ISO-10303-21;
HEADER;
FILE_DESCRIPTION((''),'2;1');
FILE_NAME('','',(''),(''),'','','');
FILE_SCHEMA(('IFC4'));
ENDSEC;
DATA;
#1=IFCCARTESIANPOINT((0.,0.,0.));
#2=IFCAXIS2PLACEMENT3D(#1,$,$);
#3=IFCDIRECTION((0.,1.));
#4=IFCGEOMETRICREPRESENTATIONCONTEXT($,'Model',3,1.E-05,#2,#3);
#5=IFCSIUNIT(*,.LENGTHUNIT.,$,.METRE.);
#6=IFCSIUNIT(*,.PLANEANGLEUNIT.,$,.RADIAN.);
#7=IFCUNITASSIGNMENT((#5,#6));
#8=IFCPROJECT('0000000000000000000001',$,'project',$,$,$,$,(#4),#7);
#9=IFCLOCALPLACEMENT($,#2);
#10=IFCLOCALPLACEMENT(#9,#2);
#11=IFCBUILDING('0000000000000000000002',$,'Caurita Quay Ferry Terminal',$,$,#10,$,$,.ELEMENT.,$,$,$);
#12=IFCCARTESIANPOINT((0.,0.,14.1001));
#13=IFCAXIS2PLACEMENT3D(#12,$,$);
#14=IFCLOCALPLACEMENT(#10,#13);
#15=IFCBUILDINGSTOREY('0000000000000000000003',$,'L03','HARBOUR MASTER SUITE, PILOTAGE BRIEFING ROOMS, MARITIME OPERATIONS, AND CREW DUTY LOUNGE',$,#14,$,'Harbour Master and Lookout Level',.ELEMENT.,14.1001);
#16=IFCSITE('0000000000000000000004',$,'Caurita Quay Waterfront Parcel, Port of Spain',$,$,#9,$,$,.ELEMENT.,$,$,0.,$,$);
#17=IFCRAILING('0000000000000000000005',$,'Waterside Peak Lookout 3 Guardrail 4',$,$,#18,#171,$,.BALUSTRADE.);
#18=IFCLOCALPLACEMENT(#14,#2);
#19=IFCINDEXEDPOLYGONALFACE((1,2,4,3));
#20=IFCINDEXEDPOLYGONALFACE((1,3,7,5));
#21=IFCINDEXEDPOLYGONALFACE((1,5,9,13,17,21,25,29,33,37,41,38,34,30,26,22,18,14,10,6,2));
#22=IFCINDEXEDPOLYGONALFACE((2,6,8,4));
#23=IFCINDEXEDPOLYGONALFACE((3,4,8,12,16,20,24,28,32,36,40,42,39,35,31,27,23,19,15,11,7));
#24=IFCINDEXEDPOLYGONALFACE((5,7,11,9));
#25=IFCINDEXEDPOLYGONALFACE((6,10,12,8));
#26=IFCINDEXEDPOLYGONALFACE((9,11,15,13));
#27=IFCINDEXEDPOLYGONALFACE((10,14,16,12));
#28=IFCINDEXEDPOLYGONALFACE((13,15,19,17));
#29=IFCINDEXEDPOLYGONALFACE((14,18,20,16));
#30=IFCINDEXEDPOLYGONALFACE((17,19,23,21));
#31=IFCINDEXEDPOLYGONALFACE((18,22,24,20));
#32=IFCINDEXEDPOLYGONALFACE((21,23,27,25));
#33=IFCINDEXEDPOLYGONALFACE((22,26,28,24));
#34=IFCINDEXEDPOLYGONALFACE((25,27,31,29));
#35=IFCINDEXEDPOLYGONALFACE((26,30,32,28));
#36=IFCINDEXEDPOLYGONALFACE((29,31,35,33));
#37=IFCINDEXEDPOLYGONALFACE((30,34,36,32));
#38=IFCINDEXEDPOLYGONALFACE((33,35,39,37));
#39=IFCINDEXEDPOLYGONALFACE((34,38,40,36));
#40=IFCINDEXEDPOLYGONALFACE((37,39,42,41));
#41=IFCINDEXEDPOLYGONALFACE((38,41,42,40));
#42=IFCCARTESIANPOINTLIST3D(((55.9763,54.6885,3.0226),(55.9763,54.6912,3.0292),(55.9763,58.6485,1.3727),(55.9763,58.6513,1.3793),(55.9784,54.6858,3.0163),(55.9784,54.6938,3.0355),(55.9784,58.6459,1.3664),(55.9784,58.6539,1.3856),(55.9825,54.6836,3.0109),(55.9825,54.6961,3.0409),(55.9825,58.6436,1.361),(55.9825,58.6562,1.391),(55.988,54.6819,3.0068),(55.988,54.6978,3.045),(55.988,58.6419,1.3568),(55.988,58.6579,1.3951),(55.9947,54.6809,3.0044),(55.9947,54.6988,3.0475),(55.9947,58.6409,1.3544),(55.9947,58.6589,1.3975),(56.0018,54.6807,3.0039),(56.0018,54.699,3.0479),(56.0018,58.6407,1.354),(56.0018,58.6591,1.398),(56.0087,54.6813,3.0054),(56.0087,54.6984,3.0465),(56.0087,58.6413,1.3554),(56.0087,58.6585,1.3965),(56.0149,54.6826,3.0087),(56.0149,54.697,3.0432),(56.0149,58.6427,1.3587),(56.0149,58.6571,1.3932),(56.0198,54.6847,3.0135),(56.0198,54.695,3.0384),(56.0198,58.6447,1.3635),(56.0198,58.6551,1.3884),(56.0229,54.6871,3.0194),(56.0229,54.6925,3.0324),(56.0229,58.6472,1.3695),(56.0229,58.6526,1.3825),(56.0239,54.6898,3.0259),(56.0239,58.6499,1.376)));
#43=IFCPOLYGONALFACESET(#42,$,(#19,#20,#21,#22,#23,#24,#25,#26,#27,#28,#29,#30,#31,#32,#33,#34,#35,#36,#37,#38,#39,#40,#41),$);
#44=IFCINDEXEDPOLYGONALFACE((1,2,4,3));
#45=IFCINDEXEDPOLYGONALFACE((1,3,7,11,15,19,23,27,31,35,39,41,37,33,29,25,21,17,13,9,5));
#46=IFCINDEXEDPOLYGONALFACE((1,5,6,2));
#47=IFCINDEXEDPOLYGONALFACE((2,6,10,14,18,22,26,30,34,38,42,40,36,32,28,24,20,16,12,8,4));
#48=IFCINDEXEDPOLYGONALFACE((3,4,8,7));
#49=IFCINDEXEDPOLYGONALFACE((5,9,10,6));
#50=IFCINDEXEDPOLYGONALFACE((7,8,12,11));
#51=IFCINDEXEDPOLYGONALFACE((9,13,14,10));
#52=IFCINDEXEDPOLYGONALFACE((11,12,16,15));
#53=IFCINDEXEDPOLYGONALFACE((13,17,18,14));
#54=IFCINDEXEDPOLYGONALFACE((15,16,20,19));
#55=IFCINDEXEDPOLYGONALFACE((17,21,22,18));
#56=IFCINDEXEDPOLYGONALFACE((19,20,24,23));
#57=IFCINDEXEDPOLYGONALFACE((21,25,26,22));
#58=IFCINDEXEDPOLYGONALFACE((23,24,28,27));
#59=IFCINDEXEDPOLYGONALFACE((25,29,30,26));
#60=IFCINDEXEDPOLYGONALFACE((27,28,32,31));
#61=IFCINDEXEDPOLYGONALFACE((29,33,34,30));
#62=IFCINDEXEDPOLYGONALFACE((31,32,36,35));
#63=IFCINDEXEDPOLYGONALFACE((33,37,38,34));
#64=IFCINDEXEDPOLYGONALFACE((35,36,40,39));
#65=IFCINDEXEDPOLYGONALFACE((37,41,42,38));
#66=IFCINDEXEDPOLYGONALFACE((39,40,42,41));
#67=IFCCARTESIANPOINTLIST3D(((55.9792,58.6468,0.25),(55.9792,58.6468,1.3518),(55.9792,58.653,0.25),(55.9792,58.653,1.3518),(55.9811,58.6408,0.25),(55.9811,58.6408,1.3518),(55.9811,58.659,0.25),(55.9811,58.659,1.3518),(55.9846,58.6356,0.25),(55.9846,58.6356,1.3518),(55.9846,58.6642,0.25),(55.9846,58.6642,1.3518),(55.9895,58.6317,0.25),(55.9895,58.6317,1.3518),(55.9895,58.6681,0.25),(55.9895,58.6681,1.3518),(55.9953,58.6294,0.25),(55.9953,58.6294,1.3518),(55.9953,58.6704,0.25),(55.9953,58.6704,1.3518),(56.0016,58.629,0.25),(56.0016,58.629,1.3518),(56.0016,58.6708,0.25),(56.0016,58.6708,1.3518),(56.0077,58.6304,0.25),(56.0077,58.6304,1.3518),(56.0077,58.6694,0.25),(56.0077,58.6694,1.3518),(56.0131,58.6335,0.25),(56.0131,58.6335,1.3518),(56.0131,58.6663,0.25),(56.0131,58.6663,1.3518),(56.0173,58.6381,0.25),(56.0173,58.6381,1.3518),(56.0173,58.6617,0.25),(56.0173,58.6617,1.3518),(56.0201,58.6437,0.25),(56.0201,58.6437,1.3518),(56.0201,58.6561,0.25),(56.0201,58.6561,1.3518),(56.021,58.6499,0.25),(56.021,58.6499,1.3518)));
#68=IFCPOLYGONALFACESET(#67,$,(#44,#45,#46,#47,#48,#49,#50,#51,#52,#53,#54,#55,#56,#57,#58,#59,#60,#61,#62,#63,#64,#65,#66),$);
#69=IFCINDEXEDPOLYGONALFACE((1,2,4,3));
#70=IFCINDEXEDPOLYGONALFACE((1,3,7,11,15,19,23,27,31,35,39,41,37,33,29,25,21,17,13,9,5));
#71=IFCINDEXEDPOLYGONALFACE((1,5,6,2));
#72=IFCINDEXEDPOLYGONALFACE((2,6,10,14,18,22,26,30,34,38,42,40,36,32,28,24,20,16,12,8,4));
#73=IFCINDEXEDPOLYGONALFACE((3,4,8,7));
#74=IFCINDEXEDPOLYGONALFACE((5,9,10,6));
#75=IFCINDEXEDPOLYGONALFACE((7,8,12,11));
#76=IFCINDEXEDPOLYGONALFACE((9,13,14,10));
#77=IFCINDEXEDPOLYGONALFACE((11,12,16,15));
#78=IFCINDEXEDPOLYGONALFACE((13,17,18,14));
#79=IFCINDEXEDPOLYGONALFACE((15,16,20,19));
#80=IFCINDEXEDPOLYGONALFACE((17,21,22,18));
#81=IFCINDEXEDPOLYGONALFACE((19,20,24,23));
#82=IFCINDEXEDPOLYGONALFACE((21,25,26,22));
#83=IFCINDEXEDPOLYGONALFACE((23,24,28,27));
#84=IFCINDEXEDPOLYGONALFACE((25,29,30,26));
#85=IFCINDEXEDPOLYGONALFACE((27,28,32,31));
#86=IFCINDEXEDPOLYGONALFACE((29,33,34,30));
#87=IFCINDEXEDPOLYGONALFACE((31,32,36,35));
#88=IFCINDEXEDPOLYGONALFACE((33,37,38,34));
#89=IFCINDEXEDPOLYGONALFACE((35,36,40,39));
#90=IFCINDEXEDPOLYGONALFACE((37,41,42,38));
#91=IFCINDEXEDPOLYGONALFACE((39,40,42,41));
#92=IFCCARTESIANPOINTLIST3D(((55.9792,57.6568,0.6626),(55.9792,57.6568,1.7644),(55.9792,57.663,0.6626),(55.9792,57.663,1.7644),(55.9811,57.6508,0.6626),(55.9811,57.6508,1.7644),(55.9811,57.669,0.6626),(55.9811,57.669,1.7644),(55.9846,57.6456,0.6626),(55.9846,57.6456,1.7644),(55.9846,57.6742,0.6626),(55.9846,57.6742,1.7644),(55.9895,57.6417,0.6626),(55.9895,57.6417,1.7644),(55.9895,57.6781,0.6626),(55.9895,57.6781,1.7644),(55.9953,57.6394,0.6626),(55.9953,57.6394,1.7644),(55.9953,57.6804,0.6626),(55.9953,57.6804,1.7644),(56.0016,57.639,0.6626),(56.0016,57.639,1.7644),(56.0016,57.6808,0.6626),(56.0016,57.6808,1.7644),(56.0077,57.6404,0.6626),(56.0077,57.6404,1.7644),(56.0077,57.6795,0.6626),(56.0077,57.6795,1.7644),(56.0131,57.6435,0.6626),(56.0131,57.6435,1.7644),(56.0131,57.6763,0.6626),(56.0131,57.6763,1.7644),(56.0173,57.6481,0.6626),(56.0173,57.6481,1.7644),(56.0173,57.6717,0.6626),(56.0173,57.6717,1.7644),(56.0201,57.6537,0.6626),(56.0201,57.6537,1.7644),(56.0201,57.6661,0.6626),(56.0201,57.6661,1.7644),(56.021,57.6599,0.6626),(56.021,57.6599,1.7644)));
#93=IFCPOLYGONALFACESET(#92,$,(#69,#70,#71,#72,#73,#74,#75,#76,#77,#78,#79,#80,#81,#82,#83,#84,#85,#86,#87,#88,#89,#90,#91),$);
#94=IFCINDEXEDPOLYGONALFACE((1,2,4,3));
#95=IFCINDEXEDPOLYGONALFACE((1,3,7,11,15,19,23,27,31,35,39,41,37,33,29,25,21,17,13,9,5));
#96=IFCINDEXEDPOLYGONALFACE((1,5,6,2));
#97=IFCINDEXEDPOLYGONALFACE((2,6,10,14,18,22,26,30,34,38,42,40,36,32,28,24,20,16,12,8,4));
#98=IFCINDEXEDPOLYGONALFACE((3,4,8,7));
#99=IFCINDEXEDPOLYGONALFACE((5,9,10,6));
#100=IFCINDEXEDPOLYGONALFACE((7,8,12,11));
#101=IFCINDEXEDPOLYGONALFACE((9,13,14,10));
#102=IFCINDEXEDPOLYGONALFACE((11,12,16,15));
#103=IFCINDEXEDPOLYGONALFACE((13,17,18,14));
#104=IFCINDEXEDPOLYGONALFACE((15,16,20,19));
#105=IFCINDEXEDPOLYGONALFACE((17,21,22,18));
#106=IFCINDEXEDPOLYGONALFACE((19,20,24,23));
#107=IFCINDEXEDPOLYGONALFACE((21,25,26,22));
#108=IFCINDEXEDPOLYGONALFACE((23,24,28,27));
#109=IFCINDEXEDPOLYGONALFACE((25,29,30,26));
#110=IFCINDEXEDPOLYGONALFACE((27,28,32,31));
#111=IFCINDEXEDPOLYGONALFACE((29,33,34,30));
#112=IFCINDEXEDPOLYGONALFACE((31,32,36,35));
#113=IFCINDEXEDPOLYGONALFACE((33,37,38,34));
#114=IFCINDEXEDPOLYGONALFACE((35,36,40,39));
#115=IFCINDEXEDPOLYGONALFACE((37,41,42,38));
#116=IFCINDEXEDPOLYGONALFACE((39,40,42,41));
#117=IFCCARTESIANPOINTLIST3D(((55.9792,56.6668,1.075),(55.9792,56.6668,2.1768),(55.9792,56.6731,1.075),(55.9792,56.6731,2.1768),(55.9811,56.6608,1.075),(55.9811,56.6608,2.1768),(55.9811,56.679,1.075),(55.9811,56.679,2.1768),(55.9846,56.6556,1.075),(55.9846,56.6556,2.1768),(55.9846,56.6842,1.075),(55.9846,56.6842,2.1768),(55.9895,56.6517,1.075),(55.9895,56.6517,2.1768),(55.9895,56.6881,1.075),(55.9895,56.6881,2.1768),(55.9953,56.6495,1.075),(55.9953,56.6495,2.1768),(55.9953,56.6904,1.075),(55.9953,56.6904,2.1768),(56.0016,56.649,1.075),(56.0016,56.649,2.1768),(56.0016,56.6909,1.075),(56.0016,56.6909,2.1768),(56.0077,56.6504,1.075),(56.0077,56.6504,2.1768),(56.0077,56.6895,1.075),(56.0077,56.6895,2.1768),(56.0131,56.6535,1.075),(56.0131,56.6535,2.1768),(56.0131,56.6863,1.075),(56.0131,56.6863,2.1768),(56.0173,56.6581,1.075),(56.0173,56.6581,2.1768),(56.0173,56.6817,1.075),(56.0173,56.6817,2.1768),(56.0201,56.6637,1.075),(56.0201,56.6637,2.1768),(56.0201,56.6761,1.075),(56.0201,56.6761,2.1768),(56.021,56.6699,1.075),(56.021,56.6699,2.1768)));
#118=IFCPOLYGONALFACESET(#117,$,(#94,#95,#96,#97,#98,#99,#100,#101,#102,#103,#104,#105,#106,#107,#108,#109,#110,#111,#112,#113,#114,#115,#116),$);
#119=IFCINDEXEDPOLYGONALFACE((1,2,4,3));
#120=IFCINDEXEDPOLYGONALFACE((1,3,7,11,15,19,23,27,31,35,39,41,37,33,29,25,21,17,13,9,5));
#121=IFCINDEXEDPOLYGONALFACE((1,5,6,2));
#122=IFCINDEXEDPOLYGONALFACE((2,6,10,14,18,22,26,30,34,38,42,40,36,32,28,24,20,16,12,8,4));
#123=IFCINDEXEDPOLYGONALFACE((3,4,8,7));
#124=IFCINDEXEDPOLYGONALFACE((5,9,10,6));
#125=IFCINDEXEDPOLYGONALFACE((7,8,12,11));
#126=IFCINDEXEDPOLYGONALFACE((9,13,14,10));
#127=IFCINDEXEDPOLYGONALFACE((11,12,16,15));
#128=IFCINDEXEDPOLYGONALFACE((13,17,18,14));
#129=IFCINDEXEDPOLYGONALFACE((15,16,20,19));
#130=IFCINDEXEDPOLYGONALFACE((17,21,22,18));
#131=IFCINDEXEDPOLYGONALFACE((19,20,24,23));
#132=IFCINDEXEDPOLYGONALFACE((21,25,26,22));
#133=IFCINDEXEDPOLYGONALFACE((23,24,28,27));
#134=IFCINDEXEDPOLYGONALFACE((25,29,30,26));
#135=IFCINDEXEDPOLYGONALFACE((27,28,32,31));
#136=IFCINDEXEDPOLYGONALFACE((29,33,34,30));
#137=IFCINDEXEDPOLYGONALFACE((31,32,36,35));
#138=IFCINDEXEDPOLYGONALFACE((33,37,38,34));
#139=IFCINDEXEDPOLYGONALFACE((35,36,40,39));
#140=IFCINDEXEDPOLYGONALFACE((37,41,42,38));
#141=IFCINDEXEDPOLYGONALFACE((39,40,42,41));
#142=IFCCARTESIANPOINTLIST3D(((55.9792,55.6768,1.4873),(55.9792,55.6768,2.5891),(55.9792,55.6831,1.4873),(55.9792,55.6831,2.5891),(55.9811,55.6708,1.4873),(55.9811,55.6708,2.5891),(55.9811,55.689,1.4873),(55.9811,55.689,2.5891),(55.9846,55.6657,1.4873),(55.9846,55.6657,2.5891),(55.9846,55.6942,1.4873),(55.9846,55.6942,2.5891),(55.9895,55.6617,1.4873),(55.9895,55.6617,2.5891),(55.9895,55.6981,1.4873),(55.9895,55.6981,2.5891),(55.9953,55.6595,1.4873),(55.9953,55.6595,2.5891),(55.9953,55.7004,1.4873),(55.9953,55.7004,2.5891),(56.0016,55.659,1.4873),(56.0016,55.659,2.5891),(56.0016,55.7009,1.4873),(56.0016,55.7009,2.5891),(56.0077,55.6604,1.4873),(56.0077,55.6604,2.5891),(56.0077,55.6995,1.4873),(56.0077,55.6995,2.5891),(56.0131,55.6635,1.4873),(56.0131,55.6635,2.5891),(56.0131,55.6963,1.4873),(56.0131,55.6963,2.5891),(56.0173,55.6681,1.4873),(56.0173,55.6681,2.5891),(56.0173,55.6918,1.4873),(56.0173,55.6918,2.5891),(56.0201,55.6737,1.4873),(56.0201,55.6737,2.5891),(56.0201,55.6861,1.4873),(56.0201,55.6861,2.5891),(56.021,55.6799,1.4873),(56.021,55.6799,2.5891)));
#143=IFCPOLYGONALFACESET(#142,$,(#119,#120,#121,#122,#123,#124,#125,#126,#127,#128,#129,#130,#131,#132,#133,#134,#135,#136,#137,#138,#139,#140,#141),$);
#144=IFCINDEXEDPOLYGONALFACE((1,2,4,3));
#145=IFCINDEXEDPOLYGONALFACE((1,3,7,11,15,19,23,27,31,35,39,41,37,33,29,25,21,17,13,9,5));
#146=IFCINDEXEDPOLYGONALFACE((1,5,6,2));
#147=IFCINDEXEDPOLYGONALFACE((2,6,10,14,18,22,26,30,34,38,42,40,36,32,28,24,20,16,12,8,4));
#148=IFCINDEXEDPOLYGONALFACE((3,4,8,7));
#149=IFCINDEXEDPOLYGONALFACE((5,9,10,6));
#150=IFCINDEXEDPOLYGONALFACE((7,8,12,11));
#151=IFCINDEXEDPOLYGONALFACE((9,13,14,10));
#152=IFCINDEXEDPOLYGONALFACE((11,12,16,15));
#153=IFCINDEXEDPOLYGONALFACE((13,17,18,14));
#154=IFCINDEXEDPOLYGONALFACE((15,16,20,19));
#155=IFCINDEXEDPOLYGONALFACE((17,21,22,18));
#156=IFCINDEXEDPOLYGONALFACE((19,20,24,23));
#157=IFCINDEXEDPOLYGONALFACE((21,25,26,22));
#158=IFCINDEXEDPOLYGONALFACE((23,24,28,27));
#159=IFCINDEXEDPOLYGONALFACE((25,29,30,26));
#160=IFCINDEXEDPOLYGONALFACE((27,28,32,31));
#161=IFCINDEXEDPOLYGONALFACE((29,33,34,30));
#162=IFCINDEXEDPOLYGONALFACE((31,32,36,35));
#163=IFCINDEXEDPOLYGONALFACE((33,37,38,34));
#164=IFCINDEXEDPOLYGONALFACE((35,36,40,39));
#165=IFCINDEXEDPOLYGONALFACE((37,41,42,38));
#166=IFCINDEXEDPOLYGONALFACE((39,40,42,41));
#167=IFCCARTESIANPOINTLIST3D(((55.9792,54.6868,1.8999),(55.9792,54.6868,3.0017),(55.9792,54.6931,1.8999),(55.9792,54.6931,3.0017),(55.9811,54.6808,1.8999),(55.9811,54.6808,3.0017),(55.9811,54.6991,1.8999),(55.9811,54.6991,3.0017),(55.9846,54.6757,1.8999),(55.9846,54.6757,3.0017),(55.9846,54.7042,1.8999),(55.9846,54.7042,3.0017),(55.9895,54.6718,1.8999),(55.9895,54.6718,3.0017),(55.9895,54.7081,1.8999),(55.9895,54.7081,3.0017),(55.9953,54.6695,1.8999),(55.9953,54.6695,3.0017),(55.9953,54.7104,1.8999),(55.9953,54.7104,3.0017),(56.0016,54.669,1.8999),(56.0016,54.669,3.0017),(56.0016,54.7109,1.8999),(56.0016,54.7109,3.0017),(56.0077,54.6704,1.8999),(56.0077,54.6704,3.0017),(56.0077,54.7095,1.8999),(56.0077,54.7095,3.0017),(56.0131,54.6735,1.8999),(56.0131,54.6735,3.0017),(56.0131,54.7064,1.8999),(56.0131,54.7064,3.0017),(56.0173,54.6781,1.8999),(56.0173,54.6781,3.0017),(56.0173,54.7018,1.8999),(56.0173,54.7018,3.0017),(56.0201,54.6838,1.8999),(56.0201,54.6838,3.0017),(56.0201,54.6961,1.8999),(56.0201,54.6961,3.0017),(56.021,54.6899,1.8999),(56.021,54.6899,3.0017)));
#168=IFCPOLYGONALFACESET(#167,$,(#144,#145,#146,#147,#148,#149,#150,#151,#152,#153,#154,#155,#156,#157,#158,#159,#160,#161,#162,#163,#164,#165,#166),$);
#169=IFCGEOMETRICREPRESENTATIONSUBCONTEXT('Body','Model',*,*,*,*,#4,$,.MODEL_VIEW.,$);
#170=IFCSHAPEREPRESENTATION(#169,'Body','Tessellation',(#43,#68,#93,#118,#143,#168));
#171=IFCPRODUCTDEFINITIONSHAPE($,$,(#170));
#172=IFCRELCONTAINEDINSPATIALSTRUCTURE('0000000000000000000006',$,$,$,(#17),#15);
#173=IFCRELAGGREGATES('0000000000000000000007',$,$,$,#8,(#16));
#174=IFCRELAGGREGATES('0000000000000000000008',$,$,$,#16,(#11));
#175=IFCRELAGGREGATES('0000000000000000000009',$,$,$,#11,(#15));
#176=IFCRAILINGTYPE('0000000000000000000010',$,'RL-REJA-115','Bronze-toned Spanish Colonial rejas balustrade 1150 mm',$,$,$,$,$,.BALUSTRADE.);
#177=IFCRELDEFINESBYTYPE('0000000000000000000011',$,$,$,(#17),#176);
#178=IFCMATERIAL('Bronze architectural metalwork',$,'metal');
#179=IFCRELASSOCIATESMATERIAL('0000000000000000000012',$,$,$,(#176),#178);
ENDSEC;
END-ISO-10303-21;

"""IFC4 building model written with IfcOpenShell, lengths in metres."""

from ifc_helpers import new_model, si_unit, direction, frame, origin, origin_2d, place, context, subcontext, project, spatial, circle, extrude, material, type_object, element, save


model = new_model("IFC4")

# Units and contexts
model_context = context("Model", 3, precision=1e-05, world=origin(), true_north=direction((0.0, 1.0)))
body_context = subcontext(model_context, "Body", "Model", "MODEL_VIEW")
ifc_project = project(units=[si_unit("LENGTHUNIT", "METRE"), si_unit("PLANEANGLEUNIT", "RADIAN")], contexts=[model_context])

# Site, building, storey
site_placement = place(None, origin())
site = spatial("IfcSite", under=ifc_project, at=site_placement, Name="Caurita Quay Waterfront Parcel, Port of Spain", CompositionType="ELEMENT", RefElevation=0.0)
building_placement = place(site_placement, origin())
building = spatial("IfcBuilding", under=site, at=building_placement, Name="Caurita Quay Ferry Terminal", CompositionType="ELEMENT")
storey_placement = place(building_placement, frame((0.0, 0.0, 14.1001)))
storey = spatial("IfcBuildingStorey", under=building, at=storey_placement, Name="L03", Description="HARBOUR MASTER SUITE, PILOTAGE BRIEFING ROOMS, MARITIME OPERATIONS, AND CREW DUTY LOUNGE", LongName="Harbour Master and Lookout Level", CompositionType="ELEMENT", Elevation=14.1001)

# Railing
ifc_material_1 = material(Name="Bronze architectural metalwork", Category="metal")
railing_type_1 = type_object("IfcRailingType", Name="RL-REJA-115", Description="Bronze-toned Spanish Colonial rejas balustrade 1150 mm", PredefinedType="BALUSTRADE", material=ifc_material_1)
railing_1_placement = place(storey_placement, frame((56.0, 58.6499, 0.25)))
element("IfcRailing", 1, at=railing_1_placement, inside=storey, type_object=railing_type_1, Name="Waterside Peak Lookout 3 Guardrail 4", PredefinedType="BALUSTRADE", context=body_context, shape_type="SweptSolid", body=[
    extrude(circle(Radius=0.0239, at=origin_2d()), frame((0.0, 0.0, 1.126), z_axis=(0.0, -0.923084, 0.384599), x_axis=(1.0, 0.0, 0.0)), (0.0, 0.0, 1.0), 4.29),
    extrude(circle(Radius=0.021, at=origin_2d()), origin(), (0.0, 0.0, 1.0), 1.1018),
    extrude(circle(Radius=0.021, at=origin_2d()), frame((0.0, -0.99, 0.4126)), (0.0, 0.0, 1.0), 1.1018),
    extrude(circle(Radius=0.021, at=origin_2d()), frame((0.0, -1.98, 0.825)), (0.0, 0.0, 1.0), 1.1018),
    extrude(circle(Radius=0.021, at=origin_2d()), frame((0.0, -2.97, 1.2373)), (0.0, 0.0, 1.0), 1.1018),
    extrude(circle(Radius=0.021, at=origin_2d()), frame((0.0, -3.96, 1.6499)), (0.0, 0.0, 1.0), 1.1018),
])

save(model, "model.ifc")
